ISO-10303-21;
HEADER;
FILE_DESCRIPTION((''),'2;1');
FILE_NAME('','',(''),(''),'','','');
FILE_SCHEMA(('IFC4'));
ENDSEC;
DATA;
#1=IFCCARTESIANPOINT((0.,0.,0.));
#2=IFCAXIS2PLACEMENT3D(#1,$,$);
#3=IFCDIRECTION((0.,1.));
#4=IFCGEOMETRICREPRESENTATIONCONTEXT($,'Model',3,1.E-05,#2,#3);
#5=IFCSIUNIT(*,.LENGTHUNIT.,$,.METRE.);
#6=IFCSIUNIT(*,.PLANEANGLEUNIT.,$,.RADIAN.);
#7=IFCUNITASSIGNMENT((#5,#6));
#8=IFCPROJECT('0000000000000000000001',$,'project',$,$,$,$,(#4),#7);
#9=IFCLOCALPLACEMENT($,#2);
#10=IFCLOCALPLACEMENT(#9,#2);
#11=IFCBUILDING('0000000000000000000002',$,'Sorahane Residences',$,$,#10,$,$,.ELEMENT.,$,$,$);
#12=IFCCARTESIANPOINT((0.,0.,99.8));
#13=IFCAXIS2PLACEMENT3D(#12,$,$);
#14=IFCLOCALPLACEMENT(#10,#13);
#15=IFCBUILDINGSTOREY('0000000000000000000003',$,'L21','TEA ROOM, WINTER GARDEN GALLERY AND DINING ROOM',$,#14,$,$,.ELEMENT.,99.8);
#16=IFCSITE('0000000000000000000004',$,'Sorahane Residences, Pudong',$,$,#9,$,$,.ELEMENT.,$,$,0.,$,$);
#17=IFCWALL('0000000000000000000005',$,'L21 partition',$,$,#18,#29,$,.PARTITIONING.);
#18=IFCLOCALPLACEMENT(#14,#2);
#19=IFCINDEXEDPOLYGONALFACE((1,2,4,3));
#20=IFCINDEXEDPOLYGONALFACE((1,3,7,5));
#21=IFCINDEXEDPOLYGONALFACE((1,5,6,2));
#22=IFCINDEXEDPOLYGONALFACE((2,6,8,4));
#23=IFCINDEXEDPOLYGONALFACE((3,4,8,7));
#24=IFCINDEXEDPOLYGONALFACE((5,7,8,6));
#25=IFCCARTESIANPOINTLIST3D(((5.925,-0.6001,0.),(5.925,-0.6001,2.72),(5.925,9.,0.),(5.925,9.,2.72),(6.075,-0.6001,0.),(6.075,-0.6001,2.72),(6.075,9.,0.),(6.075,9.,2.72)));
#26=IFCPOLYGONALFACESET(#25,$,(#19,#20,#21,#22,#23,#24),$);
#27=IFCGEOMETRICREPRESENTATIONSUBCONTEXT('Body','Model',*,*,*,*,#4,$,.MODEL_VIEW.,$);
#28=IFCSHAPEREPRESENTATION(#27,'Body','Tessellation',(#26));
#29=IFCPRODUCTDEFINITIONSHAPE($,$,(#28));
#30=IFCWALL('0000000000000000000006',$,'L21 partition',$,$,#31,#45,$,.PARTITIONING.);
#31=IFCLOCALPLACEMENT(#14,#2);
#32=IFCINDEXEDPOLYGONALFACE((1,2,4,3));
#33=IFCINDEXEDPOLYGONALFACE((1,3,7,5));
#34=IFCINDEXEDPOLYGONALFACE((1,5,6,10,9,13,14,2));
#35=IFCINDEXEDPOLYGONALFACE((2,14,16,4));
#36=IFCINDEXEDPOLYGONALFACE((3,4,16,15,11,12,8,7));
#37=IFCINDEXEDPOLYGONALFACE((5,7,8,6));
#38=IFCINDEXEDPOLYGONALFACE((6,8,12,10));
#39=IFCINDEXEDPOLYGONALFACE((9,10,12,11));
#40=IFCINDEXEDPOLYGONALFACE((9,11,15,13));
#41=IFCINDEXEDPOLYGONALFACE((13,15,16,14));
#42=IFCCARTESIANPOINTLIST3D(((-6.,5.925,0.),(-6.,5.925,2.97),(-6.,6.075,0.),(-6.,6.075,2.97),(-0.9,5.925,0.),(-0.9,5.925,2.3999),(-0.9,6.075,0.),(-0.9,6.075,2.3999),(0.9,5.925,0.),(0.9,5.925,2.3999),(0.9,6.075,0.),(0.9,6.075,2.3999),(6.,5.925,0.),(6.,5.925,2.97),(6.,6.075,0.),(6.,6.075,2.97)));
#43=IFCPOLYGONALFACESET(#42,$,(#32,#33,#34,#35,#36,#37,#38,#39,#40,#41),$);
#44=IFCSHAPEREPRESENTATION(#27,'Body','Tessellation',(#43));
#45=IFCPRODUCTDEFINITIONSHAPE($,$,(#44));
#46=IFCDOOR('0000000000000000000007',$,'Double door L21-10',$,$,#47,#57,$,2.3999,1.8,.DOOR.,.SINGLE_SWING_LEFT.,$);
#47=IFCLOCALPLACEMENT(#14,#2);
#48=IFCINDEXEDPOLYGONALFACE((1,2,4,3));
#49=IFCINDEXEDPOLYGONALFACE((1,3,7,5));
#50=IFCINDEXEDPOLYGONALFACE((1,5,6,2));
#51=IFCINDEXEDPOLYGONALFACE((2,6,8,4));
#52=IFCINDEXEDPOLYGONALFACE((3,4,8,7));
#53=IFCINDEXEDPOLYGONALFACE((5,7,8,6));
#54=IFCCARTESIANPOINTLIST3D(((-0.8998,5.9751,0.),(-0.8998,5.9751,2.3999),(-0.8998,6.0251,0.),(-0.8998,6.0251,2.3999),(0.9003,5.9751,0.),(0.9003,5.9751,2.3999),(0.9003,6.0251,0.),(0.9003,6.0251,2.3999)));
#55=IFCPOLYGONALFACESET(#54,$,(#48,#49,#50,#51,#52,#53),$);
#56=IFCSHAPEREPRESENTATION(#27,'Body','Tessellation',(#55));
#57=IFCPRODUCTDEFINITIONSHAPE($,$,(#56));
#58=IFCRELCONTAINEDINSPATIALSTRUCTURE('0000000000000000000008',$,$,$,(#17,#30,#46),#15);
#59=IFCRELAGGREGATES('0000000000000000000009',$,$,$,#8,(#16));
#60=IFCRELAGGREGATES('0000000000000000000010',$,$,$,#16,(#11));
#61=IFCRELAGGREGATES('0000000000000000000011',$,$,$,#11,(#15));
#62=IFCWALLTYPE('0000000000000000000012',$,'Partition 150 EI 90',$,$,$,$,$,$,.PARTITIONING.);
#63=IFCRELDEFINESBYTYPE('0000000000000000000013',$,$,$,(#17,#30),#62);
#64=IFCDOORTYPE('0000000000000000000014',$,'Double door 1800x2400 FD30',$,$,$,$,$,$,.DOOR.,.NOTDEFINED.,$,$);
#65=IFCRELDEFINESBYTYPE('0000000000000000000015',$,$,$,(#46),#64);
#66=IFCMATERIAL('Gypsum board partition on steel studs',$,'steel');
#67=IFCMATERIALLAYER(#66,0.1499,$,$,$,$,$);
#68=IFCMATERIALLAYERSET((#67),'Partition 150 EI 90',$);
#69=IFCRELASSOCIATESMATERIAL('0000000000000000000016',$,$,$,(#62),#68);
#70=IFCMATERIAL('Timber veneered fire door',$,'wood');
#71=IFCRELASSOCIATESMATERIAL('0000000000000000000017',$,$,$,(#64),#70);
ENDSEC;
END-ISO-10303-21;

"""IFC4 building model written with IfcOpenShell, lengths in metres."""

from ifc_helpers import new_model, si_unit, direction, frame, frame_2d, origin, place, context, subcontext, project, spatial, rectangle, extrude, material, layer, layer_set, type_object, element, fill, save


model = new_model("IFC4")

# Units and contexts
model_context = context("Model", 3, precision=1e-05, world=origin(), true_north=direction((0.0, 1.0)))
body_context = subcontext(model_context, "Body", "Model", "MODEL_VIEW")
ifc_project = project(units=[si_unit("LENGTHUNIT", "METRE"), si_unit("PLANEANGLEUNIT", "RADIAN")], contexts=[model_context])

# Site, building, storey
site_placement = place(None, origin())
site = spatial("IfcSite", under=ifc_project, at=site_placement, Name="Sorahane Residences, Pudong", CompositionType="ELEMENT", RefElevation=0.0)
building_placement = place(site_placement, origin())
building = spatial("IfcBuilding", under=site, at=building_placement, Name="Sorahane Residences", CompositionType="ELEMENT")
storey_placement = place(building_placement, frame((0.0, 0.0, 99.8)))
storey = spatial("IfcBuildingStorey", under=building, at=storey_placement, Name="L21", Description="TEA ROOM, WINTER GARDEN GALLERY AND DINING ROOM", CompositionType="ELEMENT", Elevation=99.8)

# Wall
ifc_material_1 = material(Name="Gypsum board partition on steel studs", Category="steel")
ifc_layer_1 = layer(ifc_material_1, 0.1499)
ifc_layer_set_1 = layer_set([ifc_layer_1], Name="Partition 150 EI 90")
wall_type = type_object("IfcWallType", Name="Partition 150 EI 90", PredefinedType="PARTITIONING", material=ifc_layer_set_1)
wall_1_placement = place(storey_placement, frame((6.0, -0.6001, 0.0), z_axis=(0.0, 0.0, 1.0), x_axis=(0.0, 1.0, 0.0)))
element("IfcWall", 1, at=wall_1_placement, inside=storey, type_object=wall_type, Name="L21 partition", PredefinedType="PARTITIONING", context=body_context, shape_type="SweptSolid", body=[
    extrude(rectangle(XDim=9.6001, YDim=0.1499, at=frame_2d((4.8, 0.0))), origin(), (0.0, 0.0, 1.0), 2.72),
])

# Wall, opening, door
wall_2_placement = place(storey_placement, frame((-6.0, 6.0, 0.0), z_axis=(0.0, 0.0, 1.0), x_axis=(1.0, 0.0, 0.0)))
wall_2 = element("IfcWall", 2, at=wall_2_placement, inside=storey, type_object=wall_type, Name="L21 partition", PredefinedType="PARTITIONING", context=body_context, shape_type="SweptSolid", body=[
    extrude(rectangle(XDim=12.0, YDim=0.1499, at=frame_2d((6.0, 0.0))), origin(), (0.0, 0.0, 1.0), 2.97),
])
opening_placement = place(wall_2_placement, frame((5.1001, 0.0, 0.0)))
opening = element("IfcOpeningElement", 3, at=opening_placement, cuts=wall_2, PredefinedType="OPENING", context=body_context, shape_type="SweptSolid", body=[
    extrude(rectangle(XDim=1.8, YDim=2.3999, at=frame_2d((0.8999, 1.2))), frame((0.0, 0.085, 0.0), z_axis=(0.0, -1.0, 0.0), x_axis=(1.0, 0.0, 0.0)), (0.0, 0.0, 1.0), 0.1699),
])
ifc_material_2 = material(Name="Timber veneered fire door", Category="wood")
door_type = type_object("IfcDoorType", Name="Double door 1800x2400 FD30", OperationType="NOTDEFINED", PredefinedType="DOOR", material=ifc_material_2)
door_placement = place(opening_placement, frame((1.8, 0.0, 0.0), z_axis=(0.0, 0.0, 1.0), x_axis=(-1.0, 0.0, 0.0)))
door = element("IfcDoor", 4, at=door_placement, inside=storey, type_object=door_type, Name="Double door L21-10", OperationType="SINGLE_SWING_LEFT", OverallHeight=2.3999, OverallWidth=1.8, PredefinedType="DOOR", context=body_context, shape_type="SweptSolid", body=[
    extrude(rectangle(XDim=1.8, YDim=2.3999, at=frame_2d((0.8999, 1.2))), frame((0.0, 0.0249, 0.0), z_axis=(0.0, -1.0, 0.0), x_axis=(1.0, 0.0, 0.0)), (0.0, 0.0, 1.0), 0.05),
])
fill(opening, door)

save(model, "model.ifc")
